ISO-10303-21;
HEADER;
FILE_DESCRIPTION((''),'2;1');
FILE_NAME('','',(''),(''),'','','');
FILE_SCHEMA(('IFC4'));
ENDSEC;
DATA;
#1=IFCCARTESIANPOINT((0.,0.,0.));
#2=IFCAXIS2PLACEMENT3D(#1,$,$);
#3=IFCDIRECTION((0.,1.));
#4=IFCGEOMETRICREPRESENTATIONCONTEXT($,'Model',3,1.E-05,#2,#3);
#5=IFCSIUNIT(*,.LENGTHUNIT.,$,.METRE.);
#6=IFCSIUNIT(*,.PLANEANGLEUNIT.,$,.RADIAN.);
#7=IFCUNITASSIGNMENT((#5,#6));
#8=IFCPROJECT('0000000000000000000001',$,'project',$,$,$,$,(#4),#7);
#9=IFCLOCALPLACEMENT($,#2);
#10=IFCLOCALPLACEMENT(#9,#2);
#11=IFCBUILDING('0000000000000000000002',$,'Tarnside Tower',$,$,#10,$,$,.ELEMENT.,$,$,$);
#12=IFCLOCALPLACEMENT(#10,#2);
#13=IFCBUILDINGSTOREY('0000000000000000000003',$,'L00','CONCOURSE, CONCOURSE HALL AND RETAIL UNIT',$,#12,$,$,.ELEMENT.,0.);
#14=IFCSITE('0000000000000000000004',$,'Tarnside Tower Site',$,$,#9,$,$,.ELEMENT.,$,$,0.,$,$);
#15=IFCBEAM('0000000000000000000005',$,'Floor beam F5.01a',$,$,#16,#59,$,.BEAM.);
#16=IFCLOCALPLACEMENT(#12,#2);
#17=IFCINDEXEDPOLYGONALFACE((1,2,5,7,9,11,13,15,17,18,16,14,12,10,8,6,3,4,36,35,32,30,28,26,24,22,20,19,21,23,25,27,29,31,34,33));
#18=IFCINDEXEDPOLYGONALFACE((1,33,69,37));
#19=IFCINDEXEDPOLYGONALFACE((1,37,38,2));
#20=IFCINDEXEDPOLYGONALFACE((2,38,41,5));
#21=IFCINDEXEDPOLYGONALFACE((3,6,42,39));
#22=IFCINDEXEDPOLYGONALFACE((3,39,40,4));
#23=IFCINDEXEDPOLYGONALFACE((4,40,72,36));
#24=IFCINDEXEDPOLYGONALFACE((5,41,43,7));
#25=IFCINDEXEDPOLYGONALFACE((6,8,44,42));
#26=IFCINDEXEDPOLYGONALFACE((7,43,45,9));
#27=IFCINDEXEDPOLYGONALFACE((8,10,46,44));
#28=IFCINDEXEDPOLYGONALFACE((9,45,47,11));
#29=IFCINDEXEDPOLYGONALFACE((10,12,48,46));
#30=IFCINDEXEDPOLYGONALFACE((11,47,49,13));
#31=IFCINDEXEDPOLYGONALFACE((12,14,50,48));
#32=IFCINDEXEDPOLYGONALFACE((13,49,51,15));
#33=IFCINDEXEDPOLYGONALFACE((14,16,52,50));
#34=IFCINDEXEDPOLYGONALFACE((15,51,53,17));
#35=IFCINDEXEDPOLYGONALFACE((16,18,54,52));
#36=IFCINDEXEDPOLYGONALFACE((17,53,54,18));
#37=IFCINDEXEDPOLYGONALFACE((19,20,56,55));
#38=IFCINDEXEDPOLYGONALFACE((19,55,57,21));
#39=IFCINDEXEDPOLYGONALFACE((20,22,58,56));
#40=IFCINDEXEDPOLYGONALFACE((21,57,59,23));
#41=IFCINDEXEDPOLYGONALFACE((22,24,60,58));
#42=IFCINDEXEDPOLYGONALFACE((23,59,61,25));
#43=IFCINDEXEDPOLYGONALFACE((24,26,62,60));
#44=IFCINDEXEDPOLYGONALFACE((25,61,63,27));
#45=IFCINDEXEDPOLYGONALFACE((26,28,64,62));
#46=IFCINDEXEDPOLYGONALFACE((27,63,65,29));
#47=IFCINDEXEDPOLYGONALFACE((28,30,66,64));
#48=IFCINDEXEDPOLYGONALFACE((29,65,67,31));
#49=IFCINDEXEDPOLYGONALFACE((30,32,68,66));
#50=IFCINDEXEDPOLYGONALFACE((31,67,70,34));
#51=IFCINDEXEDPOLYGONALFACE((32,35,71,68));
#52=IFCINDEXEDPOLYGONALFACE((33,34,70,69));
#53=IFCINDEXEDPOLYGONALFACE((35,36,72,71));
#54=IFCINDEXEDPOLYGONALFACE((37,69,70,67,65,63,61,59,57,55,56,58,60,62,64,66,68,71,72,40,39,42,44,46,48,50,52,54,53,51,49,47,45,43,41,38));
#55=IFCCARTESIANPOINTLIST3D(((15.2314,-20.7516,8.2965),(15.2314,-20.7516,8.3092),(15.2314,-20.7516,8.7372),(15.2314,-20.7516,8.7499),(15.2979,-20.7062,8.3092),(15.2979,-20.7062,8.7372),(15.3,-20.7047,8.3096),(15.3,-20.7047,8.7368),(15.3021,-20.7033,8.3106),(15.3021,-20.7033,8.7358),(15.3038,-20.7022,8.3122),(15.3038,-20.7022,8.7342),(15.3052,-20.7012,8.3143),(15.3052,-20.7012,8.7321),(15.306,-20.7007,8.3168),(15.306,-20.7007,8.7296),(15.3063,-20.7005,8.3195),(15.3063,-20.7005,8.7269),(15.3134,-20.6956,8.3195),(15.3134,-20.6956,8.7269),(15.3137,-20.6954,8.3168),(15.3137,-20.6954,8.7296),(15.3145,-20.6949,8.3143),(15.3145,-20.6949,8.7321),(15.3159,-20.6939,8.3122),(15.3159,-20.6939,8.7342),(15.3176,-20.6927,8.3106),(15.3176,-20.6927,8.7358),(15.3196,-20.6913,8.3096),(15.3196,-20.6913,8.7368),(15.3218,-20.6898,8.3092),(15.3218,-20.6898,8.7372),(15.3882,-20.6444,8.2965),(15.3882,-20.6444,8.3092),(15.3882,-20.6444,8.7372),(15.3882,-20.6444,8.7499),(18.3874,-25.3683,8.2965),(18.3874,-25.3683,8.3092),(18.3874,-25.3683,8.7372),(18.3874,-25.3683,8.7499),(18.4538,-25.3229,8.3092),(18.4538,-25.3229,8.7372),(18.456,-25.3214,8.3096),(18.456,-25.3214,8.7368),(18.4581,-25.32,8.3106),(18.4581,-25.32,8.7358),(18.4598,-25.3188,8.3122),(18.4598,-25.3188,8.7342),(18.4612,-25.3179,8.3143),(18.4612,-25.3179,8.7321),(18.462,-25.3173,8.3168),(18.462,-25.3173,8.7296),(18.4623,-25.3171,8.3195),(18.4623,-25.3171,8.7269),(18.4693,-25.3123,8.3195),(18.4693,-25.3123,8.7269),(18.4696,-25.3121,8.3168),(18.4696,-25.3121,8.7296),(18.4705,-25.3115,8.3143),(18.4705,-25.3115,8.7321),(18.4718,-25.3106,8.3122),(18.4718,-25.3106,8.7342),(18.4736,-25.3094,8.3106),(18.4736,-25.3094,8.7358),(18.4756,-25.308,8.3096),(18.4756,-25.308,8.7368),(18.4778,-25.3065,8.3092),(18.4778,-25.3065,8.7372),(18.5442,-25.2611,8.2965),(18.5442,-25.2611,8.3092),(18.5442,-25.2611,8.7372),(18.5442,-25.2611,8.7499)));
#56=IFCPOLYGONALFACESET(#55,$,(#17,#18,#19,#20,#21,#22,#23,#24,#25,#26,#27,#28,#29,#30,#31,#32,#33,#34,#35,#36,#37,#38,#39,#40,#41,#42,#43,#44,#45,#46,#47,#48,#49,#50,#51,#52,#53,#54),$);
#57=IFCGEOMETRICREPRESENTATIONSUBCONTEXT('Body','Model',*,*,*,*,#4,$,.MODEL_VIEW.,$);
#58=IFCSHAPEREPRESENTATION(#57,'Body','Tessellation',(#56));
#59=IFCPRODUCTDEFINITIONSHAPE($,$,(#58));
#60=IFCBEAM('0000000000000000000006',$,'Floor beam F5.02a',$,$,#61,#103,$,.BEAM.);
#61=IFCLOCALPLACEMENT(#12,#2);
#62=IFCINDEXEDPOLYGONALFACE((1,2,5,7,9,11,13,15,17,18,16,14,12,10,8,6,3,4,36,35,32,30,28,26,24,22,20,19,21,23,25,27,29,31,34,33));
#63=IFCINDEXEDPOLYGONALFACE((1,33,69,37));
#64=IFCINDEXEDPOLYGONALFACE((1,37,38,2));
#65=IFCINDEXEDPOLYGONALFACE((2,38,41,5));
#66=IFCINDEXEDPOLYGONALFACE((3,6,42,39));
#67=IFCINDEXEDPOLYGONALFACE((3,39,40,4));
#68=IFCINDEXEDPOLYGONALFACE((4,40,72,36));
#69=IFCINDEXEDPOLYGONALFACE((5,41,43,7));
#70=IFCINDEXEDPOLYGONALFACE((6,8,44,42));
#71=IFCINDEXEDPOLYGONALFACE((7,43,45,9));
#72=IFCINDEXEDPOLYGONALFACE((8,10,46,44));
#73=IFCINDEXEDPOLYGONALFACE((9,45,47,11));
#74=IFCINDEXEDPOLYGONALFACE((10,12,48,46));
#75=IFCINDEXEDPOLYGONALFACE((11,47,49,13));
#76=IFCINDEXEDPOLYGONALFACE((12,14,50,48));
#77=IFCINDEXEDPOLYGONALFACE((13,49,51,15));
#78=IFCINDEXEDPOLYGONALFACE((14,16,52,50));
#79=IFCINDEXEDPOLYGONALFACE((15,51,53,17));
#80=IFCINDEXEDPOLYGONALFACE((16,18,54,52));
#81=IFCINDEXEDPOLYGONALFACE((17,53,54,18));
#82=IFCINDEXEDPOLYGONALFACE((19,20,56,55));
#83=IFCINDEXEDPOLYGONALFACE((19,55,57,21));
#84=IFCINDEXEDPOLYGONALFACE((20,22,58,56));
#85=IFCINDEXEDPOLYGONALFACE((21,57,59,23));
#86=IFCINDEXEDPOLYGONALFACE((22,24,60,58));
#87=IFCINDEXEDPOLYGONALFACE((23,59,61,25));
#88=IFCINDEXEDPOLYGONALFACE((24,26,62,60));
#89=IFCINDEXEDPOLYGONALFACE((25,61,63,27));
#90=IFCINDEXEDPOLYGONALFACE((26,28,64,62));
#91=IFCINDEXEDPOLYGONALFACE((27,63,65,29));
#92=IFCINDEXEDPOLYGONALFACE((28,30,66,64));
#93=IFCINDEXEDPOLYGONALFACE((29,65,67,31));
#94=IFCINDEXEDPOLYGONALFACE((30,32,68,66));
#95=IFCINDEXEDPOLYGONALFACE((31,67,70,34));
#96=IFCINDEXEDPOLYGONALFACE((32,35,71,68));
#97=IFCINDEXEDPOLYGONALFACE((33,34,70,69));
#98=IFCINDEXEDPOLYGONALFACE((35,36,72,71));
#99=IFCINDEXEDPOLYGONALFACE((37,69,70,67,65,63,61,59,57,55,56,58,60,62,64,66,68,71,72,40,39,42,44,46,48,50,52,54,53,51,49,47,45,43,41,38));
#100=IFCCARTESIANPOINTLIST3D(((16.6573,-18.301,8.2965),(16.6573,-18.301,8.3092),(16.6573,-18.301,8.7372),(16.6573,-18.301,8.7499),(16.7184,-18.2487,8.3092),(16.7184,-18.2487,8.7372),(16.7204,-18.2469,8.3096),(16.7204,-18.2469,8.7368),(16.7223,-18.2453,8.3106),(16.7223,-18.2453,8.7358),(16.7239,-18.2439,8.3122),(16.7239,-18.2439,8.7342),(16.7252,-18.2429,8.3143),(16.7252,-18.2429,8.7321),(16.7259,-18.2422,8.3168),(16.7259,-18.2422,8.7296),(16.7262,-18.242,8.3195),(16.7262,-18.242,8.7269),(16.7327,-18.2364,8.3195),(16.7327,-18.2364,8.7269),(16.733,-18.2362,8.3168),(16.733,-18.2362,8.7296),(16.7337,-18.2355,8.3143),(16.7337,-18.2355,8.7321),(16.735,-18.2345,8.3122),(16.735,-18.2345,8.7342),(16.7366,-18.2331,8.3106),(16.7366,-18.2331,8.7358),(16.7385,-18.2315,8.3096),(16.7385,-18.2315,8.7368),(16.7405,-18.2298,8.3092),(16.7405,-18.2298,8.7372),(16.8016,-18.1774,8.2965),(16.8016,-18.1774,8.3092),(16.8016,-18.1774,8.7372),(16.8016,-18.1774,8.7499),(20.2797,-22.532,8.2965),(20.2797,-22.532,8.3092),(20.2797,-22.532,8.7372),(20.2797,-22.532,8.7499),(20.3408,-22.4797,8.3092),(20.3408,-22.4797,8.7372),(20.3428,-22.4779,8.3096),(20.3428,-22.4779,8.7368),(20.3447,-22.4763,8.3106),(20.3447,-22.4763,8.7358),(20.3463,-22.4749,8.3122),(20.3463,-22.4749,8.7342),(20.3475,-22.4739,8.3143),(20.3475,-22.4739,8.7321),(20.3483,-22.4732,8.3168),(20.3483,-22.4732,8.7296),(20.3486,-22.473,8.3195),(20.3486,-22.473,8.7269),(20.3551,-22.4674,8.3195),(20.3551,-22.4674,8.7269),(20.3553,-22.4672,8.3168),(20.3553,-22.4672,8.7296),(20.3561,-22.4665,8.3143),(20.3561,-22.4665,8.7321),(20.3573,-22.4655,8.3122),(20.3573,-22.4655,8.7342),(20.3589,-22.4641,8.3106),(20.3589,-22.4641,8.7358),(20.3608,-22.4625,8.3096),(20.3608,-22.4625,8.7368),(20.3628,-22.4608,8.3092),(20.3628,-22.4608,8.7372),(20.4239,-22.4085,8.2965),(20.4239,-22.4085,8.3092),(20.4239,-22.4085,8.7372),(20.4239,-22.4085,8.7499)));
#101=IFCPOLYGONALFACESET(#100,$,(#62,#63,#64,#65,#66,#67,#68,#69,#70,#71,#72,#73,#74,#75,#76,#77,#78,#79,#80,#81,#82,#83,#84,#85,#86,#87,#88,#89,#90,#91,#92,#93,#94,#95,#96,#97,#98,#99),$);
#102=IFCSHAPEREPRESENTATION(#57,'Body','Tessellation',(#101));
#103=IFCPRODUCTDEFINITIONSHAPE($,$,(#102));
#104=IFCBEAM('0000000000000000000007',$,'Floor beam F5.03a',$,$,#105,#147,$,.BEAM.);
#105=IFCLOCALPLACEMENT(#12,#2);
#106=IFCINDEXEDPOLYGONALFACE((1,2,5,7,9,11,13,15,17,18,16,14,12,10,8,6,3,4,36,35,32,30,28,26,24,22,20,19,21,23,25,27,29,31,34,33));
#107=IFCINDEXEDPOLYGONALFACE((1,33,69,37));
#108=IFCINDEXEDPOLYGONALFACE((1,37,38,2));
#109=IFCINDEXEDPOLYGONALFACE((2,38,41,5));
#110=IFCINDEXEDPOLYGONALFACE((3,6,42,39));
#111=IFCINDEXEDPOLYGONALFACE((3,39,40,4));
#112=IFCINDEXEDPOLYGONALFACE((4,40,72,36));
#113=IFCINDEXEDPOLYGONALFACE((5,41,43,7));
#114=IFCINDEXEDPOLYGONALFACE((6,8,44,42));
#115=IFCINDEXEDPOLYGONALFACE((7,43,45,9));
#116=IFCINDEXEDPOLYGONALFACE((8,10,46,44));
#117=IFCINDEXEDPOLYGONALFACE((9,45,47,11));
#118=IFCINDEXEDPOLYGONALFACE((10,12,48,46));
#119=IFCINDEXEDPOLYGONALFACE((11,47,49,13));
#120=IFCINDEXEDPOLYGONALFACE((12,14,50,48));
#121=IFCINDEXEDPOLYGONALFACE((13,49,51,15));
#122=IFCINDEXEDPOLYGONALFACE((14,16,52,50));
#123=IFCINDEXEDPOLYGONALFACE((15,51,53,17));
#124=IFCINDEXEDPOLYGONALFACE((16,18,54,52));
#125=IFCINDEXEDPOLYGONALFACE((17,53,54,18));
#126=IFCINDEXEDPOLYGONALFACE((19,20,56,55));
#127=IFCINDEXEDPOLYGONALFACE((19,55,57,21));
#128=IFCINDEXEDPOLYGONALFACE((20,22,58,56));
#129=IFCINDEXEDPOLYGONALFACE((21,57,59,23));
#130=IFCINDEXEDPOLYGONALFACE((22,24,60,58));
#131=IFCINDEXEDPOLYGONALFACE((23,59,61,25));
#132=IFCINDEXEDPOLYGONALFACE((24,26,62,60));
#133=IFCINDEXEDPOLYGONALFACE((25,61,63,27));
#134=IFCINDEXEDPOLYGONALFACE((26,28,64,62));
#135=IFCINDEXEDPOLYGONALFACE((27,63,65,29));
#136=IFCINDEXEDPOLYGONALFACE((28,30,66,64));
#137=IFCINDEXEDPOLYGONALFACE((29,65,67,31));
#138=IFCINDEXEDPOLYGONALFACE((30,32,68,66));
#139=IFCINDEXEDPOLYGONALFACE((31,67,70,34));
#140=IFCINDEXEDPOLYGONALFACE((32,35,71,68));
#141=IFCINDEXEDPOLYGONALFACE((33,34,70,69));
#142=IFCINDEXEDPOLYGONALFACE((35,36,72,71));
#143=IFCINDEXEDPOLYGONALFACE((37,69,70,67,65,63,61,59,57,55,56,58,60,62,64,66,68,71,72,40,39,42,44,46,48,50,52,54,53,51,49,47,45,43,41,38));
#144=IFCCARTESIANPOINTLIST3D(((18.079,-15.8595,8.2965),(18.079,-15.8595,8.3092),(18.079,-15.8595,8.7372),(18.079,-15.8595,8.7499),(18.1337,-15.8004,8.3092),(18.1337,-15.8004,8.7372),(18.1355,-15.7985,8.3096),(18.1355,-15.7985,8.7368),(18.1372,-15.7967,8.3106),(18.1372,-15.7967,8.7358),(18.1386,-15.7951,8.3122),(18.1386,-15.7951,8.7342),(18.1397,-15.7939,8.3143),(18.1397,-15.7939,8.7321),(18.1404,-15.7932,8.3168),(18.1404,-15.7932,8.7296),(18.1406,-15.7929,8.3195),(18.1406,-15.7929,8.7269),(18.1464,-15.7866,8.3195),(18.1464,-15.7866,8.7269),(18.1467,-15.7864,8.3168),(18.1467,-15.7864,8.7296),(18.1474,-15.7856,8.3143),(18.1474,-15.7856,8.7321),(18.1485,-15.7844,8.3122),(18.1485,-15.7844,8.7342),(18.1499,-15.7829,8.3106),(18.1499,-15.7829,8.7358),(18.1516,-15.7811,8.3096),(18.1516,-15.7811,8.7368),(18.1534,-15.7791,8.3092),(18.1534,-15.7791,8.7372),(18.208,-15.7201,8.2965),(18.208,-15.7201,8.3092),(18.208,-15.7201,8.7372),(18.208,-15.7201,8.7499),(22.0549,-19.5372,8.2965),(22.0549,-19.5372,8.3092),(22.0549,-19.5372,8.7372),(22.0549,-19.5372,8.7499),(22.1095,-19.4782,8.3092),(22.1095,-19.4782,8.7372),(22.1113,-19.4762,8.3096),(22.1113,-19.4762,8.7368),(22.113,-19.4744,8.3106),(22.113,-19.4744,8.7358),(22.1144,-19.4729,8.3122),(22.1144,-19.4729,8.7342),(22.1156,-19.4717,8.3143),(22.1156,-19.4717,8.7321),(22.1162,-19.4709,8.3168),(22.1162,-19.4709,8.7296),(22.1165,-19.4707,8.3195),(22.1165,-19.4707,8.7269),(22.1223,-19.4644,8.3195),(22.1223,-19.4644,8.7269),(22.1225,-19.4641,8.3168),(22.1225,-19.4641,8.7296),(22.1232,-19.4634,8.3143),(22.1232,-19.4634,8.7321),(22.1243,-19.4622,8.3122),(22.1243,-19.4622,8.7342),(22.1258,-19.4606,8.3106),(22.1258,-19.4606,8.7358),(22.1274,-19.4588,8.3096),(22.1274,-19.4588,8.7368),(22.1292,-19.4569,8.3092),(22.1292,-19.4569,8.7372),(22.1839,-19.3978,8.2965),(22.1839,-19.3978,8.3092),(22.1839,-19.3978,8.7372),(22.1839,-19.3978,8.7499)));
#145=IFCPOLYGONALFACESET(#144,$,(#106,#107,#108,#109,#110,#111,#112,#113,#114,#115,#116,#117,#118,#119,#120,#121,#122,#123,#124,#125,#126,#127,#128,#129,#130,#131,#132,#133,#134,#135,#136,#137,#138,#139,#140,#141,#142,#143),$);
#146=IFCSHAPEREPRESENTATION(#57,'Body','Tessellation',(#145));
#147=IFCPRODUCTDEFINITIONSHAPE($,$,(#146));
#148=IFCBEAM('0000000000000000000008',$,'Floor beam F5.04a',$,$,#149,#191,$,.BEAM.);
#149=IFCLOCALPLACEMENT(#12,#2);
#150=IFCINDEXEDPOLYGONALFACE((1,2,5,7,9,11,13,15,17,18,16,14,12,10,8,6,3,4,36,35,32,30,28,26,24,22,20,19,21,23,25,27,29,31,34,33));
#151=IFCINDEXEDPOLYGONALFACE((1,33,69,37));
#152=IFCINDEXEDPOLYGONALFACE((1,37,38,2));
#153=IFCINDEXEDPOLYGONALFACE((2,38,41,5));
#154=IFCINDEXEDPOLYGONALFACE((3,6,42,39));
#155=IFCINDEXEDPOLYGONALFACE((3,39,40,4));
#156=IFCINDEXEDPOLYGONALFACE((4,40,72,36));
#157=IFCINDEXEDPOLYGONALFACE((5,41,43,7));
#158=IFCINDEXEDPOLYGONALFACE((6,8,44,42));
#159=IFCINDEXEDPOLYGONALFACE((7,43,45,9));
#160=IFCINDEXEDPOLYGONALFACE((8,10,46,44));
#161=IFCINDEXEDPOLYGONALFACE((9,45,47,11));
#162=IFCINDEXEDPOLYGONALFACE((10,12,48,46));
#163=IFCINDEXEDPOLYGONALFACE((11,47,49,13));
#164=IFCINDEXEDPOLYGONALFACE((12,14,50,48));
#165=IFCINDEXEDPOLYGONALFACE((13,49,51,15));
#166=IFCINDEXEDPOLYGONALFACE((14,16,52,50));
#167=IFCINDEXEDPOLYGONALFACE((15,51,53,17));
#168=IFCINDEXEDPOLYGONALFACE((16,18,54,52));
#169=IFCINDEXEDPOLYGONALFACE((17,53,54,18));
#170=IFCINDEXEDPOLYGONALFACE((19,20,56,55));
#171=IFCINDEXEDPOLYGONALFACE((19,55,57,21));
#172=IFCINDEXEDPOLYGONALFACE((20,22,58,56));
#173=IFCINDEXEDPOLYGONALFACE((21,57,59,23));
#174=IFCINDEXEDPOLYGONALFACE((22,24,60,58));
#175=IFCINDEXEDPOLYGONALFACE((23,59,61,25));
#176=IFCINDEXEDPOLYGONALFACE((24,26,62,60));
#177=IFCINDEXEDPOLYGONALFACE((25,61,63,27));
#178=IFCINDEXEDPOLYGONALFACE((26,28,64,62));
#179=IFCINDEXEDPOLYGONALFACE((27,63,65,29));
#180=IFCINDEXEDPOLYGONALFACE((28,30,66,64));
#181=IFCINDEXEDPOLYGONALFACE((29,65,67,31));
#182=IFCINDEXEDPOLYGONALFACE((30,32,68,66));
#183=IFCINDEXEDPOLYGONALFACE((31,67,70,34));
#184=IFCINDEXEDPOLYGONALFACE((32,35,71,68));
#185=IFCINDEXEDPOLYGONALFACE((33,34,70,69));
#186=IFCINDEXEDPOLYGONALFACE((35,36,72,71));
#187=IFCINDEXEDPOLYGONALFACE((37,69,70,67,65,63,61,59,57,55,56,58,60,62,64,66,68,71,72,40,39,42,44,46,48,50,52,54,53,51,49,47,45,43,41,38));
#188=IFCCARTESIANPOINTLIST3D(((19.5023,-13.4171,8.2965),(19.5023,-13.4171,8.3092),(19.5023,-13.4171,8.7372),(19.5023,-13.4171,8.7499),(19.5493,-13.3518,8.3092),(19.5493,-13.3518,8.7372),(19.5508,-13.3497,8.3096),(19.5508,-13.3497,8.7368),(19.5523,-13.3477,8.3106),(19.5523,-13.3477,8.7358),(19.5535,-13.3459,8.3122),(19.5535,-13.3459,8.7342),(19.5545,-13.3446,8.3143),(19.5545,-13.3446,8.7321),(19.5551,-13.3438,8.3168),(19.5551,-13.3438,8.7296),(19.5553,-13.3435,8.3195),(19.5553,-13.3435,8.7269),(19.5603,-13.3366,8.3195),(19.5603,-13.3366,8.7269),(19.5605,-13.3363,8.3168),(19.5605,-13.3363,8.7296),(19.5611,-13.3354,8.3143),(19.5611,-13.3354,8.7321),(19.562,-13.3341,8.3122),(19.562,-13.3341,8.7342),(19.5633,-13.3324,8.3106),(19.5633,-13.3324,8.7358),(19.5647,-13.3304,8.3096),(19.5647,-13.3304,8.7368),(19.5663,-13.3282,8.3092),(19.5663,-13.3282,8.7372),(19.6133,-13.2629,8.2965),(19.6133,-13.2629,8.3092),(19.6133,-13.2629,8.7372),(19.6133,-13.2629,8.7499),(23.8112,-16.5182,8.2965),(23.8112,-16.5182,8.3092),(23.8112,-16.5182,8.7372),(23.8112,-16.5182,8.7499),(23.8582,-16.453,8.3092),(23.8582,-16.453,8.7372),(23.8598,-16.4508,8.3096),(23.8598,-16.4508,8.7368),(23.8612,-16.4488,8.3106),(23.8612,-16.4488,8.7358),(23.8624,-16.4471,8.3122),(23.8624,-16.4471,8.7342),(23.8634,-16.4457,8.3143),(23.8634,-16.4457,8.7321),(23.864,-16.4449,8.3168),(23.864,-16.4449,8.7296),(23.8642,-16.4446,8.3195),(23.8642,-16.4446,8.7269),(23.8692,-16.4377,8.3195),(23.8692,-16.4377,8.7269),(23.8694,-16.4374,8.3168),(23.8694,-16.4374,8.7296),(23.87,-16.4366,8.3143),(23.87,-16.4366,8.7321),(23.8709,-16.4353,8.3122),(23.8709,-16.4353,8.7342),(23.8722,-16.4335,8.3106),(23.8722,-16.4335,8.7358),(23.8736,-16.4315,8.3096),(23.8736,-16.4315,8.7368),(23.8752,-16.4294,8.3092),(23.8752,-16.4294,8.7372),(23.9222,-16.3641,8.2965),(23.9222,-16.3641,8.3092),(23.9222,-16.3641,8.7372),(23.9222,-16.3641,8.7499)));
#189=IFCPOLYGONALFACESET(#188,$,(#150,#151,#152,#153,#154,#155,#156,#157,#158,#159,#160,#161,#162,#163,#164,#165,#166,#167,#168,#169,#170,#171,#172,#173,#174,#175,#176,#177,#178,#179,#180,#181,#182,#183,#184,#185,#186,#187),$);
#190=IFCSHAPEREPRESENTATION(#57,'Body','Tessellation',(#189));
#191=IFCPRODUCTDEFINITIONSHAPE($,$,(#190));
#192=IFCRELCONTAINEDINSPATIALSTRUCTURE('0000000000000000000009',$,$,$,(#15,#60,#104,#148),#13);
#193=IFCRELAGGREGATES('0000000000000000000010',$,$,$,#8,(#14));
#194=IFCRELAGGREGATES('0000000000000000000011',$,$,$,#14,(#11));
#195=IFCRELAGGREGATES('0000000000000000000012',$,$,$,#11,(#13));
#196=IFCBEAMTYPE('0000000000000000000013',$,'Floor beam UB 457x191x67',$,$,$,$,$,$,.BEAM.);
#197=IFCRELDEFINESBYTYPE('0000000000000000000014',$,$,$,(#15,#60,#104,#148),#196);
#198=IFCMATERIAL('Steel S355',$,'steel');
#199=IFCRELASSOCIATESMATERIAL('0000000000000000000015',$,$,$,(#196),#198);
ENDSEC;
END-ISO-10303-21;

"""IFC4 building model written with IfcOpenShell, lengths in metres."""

from ifc_helpers import new_model, si_unit, direction, frame, origin, origin_2d, place, context, subcontext, project, spatial, i_section, extrude, material, material_profile, profile_set, type_object, element, save


model = new_model("IFC4")

# Units and contexts
model_context = context("Model", 3, precision=1e-05, world=origin(), true_north=direction((0.0, 1.0)))
body_context = subcontext(model_context, "Body", "Model", "MODEL_VIEW")
ifc_project = project(units=[si_unit("LENGTHUNIT", "METRE"), si_unit("PLANEANGLEUNIT", "RADIAN")], contexts=[model_context])

# Site, building, storey
site_placement = place(None, origin())
site = spatial("IfcSite", under=ifc_project, at=site_placement, Name="Tarnside Tower Site", CompositionType="ELEMENT", RefElevation=0.0)
building_placement = place(site_placement, origin())
building = spatial("IfcBuilding", under=site, at=building_placement, Name="Tarnside Tower", CompositionType="ELEMENT")
storey_placement = place(building_placement, origin())
storey = spatial("IfcBuildingStorey", under=building, at=storey_placement, Name="L00", Description="CONCOURSE, CONCOURSE HALL AND RETAIL UNIT", CompositionType="ELEMENT", Elevation=0.0)

# Beams
ifc_material_1 = material(Name="Steel S355", Category="steel")
ifc_material_profile_1 = material_profile(ifc_material_1, i_section(OverallWidth=0.1899, OverallDepth=0.4534, WebThickness=0.0085, FlangeThickness=0.0127, FilletRadius=0.0103, at=origin_2d()), Name="UB 457x191x67")
ifc_profile_set_1 = profile_set([ifc_material_profile_1], Name="Steel S355")
beam_type_1 = type_object("IfcBeamType", Name="Floor beam UB 457x191x67", PredefinedType="BEAM", material=ifc_profile_set_1)
beam_1_placement = place(storey_placement, frame((18.4658, -25.3147, 8.5232), z_axis=(-0.564344, 0.82554, 0.0), x_axis=(-0.82554, -0.564344, 0.0)))
element("IfcBeam", 1, at=beam_1_placement, inside=storey, type_object=beam_type_1, Name="Floor beam F5.01a", PredefinedType="BEAM", context=body_context, shape_type="SweptSolid", body=[
    extrude(i_section(OverallWidth=0.1899, OverallDepth=0.4534, WebThickness=0.0085, FlangeThickness=0.0127, FilletRadius=0.0103, at=origin_2d()), origin(), (0.0, 0.0, 1.0), 5.5923),
])
beam_2_placement = place(storey_placement, frame((20.3518, -22.4702, 8.5232), z_axis=(-0.650354, 0.759631, 0.0), x_axis=(-0.759631, -0.650354, 0.0)))
element("IfcBeam", 2, at=beam_2_placement, inside=storey, type_object=beam_type_1, Name="Floor beam F5.02a", PredefinedType="BEAM", context=body_context, shape_type="SweptSolid", body=[
    extrude(i_section(OverallWidth=0.1899, OverallDepth=0.4534, WebThickness=0.0085, FlangeThickness=0.0127, FilletRadius=0.0103, at=origin_2d()), origin(), (0.0, 0.0, 1.0), 5.5698),
])
beam_3_placement = place(storey_placement, frame((22.1194, -19.4675, 8.5232), z_axis=(-0.734091, 0.679051, 0.0), x_axis=(-0.679051, -0.734091, 0.0)))
element("IfcBeam", 3, at=beam_3_placement, inside=storey, type_object=beam_type_1, Name="Floor beam F5.03a", PredefinedType="BEAM", context=body_context, shape_type="SweptSolid", body=[
    extrude(i_section(OverallWidth=0.1899, OverallDepth=0.4534, WebThickness=0.0085, FlangeThickness=0.0127, FilletRadius=0.0103, at=origin_2d()), origin(), (0.0, 0.0, 1.0), 5.416),
])
beam_4_placement = place(storey_placement, frame((23.8667, -16.4412, 8.5232), z_axis=(-0.811649, 0.584145, 0.0), x_axis=(-0.584145, -0.811649, 0.0)))
element("IfcBeam", 4, at=beam_4_placement, inside=storey, type_object=beam_type_1, Name="Floor beam F5.04a", PredefinedType="BEAM", context=body_context, shape_type="SweptSolid", body=[
    extrude(i_section(OverallWidth=0.1899, OverallDepth=0.4534, WebThickness=0.0085, FlangeThickness=0.0127, FilletRadius=0.0103, at=origin_2d()), origin(), (0.0, 0.0, 1.0), 5.3088),
])

save(model, "model.ifc")
